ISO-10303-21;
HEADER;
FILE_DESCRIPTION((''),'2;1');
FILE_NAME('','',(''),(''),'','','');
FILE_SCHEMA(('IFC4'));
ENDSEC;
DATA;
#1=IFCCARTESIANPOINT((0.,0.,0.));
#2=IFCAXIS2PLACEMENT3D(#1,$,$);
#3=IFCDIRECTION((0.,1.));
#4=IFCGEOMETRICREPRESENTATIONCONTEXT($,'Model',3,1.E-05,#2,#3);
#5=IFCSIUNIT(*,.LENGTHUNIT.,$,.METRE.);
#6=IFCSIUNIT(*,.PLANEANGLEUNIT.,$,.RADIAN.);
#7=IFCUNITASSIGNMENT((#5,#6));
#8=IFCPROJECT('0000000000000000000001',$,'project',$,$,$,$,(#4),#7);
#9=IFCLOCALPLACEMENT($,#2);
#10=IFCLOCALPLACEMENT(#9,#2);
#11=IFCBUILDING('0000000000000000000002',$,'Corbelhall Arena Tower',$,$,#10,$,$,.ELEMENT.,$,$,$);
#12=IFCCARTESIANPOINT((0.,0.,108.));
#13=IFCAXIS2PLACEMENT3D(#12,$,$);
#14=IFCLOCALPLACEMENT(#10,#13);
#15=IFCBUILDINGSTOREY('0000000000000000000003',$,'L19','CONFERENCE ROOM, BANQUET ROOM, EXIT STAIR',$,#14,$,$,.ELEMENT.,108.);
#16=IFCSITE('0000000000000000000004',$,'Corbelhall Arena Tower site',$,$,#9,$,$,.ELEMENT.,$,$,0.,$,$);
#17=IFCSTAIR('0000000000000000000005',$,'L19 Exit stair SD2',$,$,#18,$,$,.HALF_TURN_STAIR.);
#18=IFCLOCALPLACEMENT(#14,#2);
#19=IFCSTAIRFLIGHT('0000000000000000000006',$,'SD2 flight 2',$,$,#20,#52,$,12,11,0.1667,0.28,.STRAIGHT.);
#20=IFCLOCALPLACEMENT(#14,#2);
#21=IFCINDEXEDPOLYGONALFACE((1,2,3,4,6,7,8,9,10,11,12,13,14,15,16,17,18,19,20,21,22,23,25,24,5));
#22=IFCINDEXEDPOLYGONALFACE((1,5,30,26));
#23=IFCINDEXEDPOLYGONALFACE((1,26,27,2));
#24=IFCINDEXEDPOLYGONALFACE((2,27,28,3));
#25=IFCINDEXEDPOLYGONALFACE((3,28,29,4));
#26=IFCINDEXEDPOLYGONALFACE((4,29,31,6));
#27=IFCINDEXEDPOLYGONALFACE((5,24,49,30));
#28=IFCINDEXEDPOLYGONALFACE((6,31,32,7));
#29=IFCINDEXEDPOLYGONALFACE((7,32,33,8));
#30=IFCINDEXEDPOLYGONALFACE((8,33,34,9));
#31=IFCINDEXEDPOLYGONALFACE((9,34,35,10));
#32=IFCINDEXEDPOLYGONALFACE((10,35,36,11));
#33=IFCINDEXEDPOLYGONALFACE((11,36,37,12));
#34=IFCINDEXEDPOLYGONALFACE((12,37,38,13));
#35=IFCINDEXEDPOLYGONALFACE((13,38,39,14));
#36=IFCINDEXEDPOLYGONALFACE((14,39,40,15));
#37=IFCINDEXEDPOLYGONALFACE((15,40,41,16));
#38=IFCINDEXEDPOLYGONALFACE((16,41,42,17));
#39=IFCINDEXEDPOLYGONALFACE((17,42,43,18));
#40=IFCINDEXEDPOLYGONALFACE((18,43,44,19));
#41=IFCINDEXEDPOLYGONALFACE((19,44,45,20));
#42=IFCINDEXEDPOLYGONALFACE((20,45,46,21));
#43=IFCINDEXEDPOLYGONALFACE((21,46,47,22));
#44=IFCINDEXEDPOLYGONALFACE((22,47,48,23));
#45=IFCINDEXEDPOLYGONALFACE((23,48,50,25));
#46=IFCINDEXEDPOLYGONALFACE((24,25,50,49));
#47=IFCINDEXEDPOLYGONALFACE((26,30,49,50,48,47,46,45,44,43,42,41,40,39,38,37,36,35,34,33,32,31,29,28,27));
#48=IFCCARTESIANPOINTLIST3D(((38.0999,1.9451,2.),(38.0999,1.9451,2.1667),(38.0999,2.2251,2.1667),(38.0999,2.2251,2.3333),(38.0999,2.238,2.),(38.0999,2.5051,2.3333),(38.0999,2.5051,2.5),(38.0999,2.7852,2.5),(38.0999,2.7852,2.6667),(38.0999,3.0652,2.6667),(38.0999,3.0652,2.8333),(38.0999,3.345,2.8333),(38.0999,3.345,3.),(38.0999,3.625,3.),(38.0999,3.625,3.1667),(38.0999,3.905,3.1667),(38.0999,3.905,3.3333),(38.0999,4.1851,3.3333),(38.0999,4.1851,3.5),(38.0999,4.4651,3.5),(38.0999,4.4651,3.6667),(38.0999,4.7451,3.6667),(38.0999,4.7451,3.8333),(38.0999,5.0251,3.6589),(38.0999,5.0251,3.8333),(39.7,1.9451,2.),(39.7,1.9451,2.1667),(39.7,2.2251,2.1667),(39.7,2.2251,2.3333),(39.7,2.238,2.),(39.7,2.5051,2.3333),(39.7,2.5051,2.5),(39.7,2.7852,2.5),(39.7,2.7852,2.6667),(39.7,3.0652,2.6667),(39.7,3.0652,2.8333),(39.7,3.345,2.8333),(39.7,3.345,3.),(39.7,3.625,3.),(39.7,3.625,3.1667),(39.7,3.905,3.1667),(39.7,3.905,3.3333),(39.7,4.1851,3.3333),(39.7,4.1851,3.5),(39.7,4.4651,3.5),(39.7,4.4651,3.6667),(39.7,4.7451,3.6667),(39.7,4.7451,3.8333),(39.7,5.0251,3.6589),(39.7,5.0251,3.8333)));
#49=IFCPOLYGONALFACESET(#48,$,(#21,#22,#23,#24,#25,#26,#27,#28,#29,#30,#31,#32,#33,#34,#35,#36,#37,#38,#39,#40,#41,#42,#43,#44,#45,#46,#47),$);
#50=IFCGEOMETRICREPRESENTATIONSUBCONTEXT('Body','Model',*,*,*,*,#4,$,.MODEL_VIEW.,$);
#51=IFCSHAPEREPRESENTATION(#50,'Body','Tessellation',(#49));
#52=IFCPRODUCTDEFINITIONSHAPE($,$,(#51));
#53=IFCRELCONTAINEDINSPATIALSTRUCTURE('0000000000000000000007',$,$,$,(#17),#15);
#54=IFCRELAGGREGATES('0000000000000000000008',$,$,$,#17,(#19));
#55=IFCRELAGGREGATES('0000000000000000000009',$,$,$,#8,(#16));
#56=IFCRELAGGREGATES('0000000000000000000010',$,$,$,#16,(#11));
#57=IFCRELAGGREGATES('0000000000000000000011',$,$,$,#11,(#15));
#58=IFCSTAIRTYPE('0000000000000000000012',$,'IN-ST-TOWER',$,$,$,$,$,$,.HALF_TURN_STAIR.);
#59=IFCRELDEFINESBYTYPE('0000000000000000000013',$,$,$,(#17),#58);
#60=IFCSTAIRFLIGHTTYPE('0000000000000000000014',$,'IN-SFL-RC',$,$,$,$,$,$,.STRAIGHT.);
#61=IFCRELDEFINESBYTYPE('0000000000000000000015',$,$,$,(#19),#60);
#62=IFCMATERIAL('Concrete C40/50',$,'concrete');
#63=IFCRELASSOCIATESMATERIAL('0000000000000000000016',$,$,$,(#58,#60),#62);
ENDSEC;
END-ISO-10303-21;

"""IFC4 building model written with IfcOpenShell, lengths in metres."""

from ifc_helpers import new_model, si_unit, direction, frame, origin, place, context, subcontext, project, spatial, polyline, outline, extrude, material, type_object, element, aggregate, save


model = new_model("IFC4")

# Units and contexts
model_context = context("Model", 3, precision=1e-05, world=origin(), true_north=direction((0.0, 1.0)))
body_context = subcontext(model_context, "Body", "Model", "MODEL_VIEW")
ifc_project = project(units=[si_unit("LENGTHUNIT", "METRE"), si_unit("PLANEANGLEUNIT", "RADIAN")], contexts=[model_context])

# Site, building, storey
site_placement = place(None, origin())
site = spatial("IfcSite", under=ifc_project, at=site_placement, Name="Corbelhall Arena Tower site", CompositionType="ELEMENT", RefElevation=0.0)
building_placement = place(site_placement, origin())
building = spatial("IfcBuilding", under=site, at=building_placement, Name="Corbelhall Arena Tower", CompositionType="ELEMENT")
storey_placement = place(building_placement, frame((0.0, 0.0, 108.0)))
storey = spatial("IfcBuildingStorey", under=building, at=storey_placement, Name="L19", Description="CONFERENCE ROOM, BANQUET ROOM, EXIT STAIR", CompositionType="ELEMENT", Elevation=108.0)

# Shared definitions
ifc_material_1 = material(Name="Concrete C40/50", Category="concrete")

# Stair, stair flight
stair_type = type_object("IfcStairType", Name="IN-ST-TOWER", PredefinedType="HALF_TURN_STAIR", material=ifc_material_1)
stair_placement = place(storey_placement, origin())
stair = element("IfcStair", 1, at=stair_placement, inside=storey, type_object=stair_type, Name="L19 Exit stair SD2", PredefinedType="HALF_TURN_STAIR")
stair_flight_type = type_object("IfcStairFlightType", Name="IN-SFL-RC", PredefinedType="STRAIGHT", material=ifc_material_1)
stair_flight_1_placement = place(storey_placement, frame((38.8999, 1.9451, 2.0), z_axis=(0.0, 0.0, 1.0), x_axis=(0.0, 1.0, 0.0)))
stair_flight_1 = element("IfcStairFlight", 2, at=stair_flight_1_placement, type_object=stair_flight_type, Name="SD2 flight 2", NumberOfRisers=12, NumberOfTreads=11, PredefinedType="STRAIGHT", RiserHeight=0.1667, TreadLength=0.28, context=body_context, shape_type="SweptSolid", body=[
    extrude(outline(polyline([(0.0, 0.0), (0.0, 0.1667), (0.28, 0.1667), (0.28, 0.3333), (0.5601, 0.3333), (0.5601, 0.5), (0.8401, 0.5), (0.8401, 0.6667), (1.1201, 0.6667), (1.1201, 0.8333), (1.3999, 0.8333), (1.3999, 1.0), (1.6799, 1.0), (1.6799, 1.1667), (1.96, 1.1667), (1.96, 1.3333), (2.24, 1.3333), (2.24, 1.5), (2.52, 1.5), (2.52, 1.6667), (2.8, 1.6667), (2.8, 1.8333), (3.0801, 1.8333), (3.0801, 2.0), (3.0801, 1.6589), (0.293, 0.0), (0.0, 0.0)])), frame((0.0, 0.8, 0.0), z_axis=(0.0, -1.0, 0.0), x_axis=(1.0, 0.0, 0.0)), (0.0, 0.0, 1.0), 1.6001),
])
aggregate(stair, [stair_flight_1])

save(model, "model.ifc")
